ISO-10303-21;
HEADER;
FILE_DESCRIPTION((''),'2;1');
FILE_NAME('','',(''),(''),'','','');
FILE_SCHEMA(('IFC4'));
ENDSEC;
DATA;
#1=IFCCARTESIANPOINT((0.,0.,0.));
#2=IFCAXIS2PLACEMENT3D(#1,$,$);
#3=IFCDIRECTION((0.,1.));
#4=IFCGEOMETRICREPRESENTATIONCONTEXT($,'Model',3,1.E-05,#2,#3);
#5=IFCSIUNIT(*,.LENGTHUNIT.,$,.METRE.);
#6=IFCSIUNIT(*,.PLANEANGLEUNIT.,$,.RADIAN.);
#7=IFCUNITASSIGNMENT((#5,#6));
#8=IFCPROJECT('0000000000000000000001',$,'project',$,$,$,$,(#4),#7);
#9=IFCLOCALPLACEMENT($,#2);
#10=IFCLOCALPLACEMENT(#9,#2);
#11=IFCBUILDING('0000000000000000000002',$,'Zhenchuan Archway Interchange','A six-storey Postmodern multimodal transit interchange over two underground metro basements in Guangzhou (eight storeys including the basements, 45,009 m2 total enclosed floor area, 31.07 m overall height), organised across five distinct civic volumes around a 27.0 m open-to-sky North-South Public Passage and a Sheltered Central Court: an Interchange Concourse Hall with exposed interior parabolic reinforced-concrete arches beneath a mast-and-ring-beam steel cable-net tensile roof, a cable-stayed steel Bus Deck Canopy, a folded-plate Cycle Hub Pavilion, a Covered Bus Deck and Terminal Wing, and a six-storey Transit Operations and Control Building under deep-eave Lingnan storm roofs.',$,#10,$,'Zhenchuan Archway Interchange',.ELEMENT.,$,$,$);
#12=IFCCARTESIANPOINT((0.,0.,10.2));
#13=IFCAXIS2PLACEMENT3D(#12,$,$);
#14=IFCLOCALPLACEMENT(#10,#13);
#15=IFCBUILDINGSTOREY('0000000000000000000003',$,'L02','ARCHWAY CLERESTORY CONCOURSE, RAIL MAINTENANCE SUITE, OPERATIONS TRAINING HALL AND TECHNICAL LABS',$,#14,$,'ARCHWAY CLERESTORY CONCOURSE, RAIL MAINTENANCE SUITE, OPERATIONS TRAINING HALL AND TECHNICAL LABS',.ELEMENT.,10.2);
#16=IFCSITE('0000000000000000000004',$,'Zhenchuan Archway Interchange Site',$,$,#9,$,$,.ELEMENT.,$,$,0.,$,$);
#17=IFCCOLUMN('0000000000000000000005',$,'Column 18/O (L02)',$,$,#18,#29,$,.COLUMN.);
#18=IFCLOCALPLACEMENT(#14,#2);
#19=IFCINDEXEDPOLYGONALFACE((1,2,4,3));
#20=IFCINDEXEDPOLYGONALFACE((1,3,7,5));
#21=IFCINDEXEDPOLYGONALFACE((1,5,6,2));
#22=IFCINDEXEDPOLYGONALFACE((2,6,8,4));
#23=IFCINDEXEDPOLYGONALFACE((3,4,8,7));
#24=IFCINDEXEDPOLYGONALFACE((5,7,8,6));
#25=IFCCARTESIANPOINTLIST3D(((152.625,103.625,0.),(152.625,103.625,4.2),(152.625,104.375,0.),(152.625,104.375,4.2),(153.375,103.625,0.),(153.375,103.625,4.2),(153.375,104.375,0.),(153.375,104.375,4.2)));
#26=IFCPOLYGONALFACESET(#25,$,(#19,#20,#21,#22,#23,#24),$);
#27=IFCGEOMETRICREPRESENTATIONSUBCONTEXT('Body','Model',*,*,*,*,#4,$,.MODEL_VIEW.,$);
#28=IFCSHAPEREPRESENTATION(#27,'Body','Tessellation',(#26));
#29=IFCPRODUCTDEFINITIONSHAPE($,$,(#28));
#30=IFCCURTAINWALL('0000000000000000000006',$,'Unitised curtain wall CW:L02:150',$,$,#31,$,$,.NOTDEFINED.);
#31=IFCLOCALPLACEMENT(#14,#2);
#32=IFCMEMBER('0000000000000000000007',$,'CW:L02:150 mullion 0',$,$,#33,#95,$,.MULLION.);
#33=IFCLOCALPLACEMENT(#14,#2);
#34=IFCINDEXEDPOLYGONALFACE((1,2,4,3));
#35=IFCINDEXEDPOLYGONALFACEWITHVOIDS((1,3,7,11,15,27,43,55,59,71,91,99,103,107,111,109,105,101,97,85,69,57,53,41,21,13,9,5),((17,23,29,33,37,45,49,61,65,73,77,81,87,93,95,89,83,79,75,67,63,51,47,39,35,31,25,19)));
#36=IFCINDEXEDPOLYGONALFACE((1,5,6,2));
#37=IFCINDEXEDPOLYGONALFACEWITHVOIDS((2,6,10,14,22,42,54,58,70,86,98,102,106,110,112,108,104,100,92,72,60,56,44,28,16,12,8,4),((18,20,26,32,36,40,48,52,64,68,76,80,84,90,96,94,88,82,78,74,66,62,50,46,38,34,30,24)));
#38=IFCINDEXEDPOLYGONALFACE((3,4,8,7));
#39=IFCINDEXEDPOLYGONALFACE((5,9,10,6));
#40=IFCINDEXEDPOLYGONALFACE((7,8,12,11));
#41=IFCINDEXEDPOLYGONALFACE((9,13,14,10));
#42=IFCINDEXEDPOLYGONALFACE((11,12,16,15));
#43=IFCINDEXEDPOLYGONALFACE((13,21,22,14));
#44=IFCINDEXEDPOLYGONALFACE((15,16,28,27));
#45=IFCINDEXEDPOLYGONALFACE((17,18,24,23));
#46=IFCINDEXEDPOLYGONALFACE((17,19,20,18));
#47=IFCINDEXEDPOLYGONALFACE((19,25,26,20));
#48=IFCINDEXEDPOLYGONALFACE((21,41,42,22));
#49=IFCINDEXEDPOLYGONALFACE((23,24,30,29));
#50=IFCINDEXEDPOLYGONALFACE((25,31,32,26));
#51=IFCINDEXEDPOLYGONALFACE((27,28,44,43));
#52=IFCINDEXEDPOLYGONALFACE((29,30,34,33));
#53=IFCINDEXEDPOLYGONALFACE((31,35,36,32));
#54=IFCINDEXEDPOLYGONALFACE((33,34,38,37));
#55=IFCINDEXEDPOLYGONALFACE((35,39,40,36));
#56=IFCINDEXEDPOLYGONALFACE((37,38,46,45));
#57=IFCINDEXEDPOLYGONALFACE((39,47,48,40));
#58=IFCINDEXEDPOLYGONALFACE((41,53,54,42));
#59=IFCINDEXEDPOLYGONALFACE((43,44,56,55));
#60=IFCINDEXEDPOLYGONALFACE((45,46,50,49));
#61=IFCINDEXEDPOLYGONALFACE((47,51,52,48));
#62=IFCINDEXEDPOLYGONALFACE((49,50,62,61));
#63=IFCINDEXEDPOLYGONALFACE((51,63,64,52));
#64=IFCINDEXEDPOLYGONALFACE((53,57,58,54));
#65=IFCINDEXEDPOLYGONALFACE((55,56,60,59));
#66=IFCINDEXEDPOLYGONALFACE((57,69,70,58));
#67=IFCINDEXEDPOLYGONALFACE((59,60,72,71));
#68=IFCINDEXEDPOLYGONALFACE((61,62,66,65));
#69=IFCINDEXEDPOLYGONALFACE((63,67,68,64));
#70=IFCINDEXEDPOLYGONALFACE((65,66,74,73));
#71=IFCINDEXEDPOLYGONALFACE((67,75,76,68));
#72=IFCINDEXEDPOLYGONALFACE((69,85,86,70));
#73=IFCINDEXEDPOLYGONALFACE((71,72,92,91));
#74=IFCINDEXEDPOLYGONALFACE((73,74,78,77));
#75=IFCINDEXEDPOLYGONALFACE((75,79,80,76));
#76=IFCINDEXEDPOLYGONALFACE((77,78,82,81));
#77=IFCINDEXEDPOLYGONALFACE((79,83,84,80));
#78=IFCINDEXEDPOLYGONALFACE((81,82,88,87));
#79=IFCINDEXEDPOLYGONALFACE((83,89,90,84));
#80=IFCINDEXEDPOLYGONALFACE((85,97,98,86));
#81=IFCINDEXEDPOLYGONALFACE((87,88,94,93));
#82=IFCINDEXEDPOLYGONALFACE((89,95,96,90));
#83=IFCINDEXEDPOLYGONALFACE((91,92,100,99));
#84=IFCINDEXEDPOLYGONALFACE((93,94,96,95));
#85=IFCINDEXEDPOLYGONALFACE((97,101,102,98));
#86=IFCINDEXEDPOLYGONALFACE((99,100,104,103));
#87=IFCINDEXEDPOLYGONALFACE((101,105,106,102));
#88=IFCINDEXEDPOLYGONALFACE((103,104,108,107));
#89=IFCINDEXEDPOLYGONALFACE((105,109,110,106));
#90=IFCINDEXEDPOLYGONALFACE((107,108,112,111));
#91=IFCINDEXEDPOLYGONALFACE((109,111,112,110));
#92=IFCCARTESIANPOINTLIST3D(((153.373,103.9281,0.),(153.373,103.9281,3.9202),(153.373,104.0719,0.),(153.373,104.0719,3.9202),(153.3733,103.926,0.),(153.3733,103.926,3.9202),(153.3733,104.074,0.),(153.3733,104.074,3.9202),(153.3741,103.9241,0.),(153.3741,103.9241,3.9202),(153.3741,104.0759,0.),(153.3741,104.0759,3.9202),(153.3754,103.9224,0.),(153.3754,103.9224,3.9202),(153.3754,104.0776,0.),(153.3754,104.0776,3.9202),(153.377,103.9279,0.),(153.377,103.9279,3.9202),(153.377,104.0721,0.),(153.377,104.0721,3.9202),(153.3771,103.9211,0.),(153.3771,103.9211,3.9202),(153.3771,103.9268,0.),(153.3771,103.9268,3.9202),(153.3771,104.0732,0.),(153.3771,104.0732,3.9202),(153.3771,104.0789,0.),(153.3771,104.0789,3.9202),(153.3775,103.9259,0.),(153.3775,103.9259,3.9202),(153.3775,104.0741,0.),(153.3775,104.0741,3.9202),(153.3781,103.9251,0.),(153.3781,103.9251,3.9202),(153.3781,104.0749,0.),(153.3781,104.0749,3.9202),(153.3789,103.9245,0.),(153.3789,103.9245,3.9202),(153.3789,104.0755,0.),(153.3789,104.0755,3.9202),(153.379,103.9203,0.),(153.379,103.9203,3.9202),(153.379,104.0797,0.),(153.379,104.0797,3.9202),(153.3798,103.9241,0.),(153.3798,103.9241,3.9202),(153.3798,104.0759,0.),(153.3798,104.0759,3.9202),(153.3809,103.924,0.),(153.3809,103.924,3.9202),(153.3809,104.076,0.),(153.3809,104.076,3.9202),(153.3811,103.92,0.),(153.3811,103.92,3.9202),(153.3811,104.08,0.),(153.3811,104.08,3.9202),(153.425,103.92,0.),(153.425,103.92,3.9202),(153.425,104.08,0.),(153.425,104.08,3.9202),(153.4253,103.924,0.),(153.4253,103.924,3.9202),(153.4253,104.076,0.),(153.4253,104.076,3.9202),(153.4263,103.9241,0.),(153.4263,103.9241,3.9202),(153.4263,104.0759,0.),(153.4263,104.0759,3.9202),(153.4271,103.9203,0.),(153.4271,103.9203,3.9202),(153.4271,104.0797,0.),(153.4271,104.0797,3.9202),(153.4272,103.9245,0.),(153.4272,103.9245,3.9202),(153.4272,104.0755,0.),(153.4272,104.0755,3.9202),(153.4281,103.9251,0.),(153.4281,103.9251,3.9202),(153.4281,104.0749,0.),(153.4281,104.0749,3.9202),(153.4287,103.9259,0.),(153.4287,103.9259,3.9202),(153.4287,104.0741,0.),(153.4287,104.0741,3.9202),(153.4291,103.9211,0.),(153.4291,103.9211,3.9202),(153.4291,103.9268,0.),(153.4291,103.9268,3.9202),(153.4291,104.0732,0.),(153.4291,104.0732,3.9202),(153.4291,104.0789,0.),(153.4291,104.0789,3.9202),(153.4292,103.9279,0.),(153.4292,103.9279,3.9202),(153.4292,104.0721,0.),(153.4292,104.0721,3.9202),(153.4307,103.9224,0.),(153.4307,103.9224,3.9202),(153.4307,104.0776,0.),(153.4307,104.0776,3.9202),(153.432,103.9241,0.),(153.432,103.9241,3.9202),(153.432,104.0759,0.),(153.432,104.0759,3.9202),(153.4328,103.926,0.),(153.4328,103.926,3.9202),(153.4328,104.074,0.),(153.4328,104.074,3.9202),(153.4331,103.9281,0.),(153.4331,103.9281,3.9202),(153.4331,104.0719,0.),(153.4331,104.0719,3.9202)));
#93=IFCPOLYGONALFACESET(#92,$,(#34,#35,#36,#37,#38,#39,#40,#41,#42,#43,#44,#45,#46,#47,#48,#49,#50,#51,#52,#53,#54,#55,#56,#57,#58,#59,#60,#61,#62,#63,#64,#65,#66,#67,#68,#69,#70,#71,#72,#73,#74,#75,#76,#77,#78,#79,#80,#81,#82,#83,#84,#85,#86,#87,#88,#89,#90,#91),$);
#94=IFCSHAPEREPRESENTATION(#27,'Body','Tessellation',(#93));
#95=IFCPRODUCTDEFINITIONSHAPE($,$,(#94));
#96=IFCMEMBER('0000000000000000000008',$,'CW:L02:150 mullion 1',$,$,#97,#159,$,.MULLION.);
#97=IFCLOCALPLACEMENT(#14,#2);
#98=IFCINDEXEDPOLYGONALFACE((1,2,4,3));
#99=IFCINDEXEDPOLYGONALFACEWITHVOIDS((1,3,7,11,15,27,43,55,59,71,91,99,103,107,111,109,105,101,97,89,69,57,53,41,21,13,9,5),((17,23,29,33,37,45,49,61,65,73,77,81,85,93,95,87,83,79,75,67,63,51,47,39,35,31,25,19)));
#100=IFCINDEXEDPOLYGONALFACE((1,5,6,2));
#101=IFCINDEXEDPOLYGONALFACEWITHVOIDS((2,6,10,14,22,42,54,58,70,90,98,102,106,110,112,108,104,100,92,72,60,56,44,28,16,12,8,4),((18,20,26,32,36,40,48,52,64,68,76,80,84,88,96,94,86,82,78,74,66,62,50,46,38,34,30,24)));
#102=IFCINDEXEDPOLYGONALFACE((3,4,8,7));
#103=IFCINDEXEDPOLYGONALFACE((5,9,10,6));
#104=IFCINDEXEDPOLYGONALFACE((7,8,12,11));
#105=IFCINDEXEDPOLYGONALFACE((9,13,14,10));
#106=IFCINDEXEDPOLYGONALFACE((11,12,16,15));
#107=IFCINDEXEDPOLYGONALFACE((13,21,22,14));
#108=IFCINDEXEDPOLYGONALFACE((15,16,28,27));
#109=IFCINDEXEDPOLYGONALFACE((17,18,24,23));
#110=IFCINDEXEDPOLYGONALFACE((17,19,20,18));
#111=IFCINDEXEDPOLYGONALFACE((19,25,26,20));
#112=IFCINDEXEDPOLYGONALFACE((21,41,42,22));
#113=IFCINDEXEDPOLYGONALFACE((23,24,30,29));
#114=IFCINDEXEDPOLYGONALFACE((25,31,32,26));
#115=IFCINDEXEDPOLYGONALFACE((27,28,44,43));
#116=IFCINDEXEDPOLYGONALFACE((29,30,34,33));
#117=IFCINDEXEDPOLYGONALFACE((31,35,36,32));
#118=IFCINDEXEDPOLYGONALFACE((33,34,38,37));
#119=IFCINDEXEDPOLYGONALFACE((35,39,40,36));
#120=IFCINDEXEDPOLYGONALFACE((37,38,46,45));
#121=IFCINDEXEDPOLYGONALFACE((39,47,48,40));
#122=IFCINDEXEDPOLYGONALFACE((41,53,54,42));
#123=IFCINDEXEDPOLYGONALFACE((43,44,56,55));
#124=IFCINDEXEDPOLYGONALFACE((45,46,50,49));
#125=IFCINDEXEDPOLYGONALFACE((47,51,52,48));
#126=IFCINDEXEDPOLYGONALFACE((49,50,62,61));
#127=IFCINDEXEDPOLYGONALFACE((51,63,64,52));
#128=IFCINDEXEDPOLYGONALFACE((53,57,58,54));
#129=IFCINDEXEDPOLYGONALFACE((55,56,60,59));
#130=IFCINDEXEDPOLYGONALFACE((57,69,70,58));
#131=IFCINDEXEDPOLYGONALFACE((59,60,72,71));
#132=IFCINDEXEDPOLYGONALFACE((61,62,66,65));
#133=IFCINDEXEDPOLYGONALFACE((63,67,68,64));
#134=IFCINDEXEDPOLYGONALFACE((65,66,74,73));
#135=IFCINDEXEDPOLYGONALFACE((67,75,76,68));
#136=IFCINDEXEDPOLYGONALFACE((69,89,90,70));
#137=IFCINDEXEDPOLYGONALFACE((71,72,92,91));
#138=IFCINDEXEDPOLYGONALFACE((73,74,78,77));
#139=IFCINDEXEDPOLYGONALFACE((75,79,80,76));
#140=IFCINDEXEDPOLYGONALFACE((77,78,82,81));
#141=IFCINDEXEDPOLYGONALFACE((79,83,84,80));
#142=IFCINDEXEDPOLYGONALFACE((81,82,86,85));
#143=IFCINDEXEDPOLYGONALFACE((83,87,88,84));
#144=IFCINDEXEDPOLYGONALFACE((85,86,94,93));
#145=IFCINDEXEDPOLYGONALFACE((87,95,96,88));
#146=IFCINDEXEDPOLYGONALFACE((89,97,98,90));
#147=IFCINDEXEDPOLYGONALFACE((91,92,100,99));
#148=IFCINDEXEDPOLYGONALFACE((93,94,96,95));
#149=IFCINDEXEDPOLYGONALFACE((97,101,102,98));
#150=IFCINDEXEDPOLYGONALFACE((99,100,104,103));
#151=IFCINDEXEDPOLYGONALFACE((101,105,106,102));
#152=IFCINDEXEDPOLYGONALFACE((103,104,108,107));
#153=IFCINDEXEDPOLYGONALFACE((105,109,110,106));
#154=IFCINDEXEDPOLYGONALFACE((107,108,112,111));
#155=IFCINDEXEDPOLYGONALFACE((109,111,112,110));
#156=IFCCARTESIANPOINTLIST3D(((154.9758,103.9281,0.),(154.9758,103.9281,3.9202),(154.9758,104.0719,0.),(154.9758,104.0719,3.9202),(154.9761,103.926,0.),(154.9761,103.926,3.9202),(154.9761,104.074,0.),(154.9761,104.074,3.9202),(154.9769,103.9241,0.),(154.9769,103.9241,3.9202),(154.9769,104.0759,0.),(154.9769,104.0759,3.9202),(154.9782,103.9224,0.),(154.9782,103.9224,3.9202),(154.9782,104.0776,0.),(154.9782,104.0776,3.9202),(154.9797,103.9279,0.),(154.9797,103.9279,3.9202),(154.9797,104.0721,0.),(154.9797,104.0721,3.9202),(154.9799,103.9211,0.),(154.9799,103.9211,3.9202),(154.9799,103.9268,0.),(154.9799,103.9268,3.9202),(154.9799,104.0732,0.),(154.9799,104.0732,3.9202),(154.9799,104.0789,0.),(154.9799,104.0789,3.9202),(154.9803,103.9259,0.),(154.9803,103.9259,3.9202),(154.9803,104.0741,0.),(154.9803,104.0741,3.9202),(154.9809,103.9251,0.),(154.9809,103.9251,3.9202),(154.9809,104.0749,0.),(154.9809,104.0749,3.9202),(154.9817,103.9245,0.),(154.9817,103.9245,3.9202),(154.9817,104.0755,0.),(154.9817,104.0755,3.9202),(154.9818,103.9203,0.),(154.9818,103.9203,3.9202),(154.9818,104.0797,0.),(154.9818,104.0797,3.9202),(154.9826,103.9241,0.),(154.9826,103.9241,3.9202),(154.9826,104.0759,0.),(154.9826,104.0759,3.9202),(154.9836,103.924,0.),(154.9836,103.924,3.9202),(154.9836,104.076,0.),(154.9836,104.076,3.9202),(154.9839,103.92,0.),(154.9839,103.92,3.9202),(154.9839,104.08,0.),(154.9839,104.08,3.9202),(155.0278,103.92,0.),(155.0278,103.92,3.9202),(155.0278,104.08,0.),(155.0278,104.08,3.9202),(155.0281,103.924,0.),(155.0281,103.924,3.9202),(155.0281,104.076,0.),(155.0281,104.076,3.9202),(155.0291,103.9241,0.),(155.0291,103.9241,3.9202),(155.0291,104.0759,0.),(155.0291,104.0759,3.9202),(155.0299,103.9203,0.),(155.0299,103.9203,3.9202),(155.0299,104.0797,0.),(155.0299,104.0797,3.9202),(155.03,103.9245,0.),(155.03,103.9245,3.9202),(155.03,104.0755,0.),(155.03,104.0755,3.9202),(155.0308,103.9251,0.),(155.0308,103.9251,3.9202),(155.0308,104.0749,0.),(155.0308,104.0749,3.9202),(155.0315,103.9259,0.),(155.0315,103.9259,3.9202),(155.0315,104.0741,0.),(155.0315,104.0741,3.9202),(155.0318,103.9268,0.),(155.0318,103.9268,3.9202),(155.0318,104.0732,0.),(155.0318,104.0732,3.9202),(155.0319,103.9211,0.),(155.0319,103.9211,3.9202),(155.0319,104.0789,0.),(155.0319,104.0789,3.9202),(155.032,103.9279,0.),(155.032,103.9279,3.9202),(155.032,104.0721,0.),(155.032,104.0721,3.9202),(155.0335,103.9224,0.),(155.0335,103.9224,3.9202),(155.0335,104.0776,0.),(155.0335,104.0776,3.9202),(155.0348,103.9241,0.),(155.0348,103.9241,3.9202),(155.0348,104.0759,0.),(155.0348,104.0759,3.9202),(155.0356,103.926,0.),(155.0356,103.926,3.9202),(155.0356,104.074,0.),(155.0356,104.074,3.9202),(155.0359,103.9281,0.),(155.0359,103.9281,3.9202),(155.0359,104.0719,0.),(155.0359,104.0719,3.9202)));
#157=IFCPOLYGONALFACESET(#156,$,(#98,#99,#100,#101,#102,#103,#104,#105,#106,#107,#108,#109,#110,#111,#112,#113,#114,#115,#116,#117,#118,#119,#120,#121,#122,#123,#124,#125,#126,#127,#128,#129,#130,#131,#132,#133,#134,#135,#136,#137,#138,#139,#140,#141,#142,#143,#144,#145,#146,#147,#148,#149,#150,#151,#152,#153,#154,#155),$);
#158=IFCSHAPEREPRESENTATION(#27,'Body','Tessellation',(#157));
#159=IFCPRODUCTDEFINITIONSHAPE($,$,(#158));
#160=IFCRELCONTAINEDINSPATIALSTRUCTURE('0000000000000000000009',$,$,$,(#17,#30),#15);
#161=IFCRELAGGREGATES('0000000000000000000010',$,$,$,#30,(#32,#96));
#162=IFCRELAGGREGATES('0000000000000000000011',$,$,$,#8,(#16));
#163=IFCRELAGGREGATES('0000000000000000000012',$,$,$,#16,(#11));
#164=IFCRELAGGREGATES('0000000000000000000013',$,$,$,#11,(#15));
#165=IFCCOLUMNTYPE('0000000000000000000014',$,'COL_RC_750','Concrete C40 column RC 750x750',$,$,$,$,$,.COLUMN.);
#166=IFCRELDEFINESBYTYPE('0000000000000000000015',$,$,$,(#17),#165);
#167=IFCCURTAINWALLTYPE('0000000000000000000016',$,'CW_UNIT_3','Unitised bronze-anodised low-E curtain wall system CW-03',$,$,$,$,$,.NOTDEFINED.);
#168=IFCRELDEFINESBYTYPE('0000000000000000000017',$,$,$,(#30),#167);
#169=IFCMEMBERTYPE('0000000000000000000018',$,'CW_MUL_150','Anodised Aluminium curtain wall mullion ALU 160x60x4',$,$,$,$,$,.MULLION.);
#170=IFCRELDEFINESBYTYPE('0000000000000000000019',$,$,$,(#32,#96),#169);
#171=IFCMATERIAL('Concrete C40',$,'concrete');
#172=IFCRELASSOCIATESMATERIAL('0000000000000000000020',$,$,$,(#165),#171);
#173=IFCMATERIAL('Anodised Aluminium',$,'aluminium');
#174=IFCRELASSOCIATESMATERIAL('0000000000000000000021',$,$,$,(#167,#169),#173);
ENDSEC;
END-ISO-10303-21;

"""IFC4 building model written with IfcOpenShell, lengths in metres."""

from ifc_helpers import new_model, si_unit, direction, frame, origin, origin_2d, place, context, subcontext, project, spatial, rectangle, hollow_rectangle, extrude, material, material_profile, profile_set, type_object, element, aggregate, save


model = new_model("IFC4")

# Units and contexts
model_context = context("Model", 3, precision=1e-05, world=origin(), true_north=direction((0.0, 1.0)))
body_context = subcontext(model_context, "Body", "Model", "MODEL_VIEW")
ifc_project = project(units=[si_unit("LENGTHUNIT", "METRE"), si_unit("PLANEANGLEUNIT", "RADIAN")], contexts=[model_context])

# Site, building, storey
site_placement = place(None, origin())
site = spatial("IfcSite", under=ifc_project, at=site_placement, Name="Zhenchuan Archway Interchange Site", CompositionType="ELEMENT", RefElevation=0.0)
building_placement = place(site_placement, origin())
building = spatial("IfcBuilding", under=site, at=building_placement, Name="Zhenchuan Archway Interchange", Description="A six-storey Postmodern multimodal transit interchange over two underground metro basements in Guangzhou (eight storeys including the basements, 45,009 m2 total enclosed floor area, 31.07 m overall height), organised across five distinct civic volumes around a 27.0 m open-to-sky North-South Public Passage and a Sheltered Central Court: an Interchange Concourse Hall with exposed interior parabolic reinforced-concrete arches beneath a mast-and-ring-beam steel cable-net tensile roof, a cable-stayed steel Bus Deck Canopy, a folded-plate Cycle Hub Pavilion, a Covered Bus Deck and Terminal Wing, and a six-storey Transit Operations and Control Building under deep-eave Lingnan storm roofs.", LongName="Zhenchuan Archway Interchange", CompositionType="ELEMENT")
storey_placement = place(building_placement, frame((0.0, 0.0, 10.2)))
storey = spatial("IfcBuildingStorey", under=building, at=storey_placement, Name="L02", Description="ARCHWAY CLERESTORY CONCOURSE, RAIL MAINTENANCE SUITE, OPERATIONS TRAINING HALL AND TECHNICAL LABS", LongName="ARCHWAY CLERESTORY CONCOURSE, RAIL MAINTENANCE SUITE, OPERATIONS TRAINING HALL AND TECHNICAL LABS", CompositionType="ELEMENT", Elevation=10.2)

# Column
ifc_material_1 = material(Name="Concrete C40", Category="concrete")
ifc_material_profile_1 = material_profile(ifc_material_1, rectangle(XDim=0.75, YDim=0.75, at=origin_2d()), Name="RC 750x750")
ifc_profile_set_1 = profile_set([ifc_material_profile_1], Name="Concrete C40")
column_type = type_object("IfcColumnType", Name="COL_RC_750", Description="Concrete C40 column RC 750x750", PredefinedType="COLUMN", material=ifc_profile_set_1)
column_placement = place(storey_placement, frame((153.0, 104.0, 0.0), z_axis=(0.0, 0.0, 1.0), x_axis=(1.0, 0.0, 0.0)))
element("IfcColumn", 1, at=column_placement, inside=storey, type_object=column_type, Name="Column 18/O (L02)", PredefinedType="COLUMN", context=body_context, shape_type="SweptSolid", body=[
    extrude(rectangle(XDim=0.75, YDim=0.75, at=origin_2d()), origin(), (0.0, 0.0, 1.0), 4.2),
])

# Curtain wall, members
ifc_material_2 = material(Name="Anodised Aluminium", Category="aluminium")
curtain_wall_type = type_object("IfcCurtainWallType", Name="CW_UNIT_3", Description="Unitised bronze-anodised low-E curtain wall system CW-03", PredefinedType="NOTDEFINED", material=ifc_material_2)
curtain_wall_placement = place(storey_placement, origin())
curtain_wall = element("IfcCurtainWall", 2, at=curtain_wall_placement, inside=storey, type_object=curtain_wall_type, Name="Unitised curtain wall CW:L02:150", PredefinedType="NOTDEFINED")
ifc_material_profile_2 = material_profile(ifc_material_2, hollow_rectangle(XDim=0.0601, YDim=0.1599, WallThickness=0.0039, InnerFilletRadius=0.0039, OuterFilletRadius=0.0081, at=origin_2d()), Name="ALU 160x60x4")
ifc_profile_set_2 = profile_set([ifc_material_profile_2], Name="Anodised Aluminium")
member_type_1 = type_object("IfcMemberType", Name="CW_MUL_150", Description="Anodised Aluminium curtain wall mullion ALU 160x60x4", PredefinedType="MULLION", material=ifc_profile_set_2)
member_1_placement = place(storey_placement, frame((153.4031, 104.0, 0.0), z_axis=(0.0, 0.0, 1.0), x_axis=(1.0, 0.0, 0.0)))
member_1 = element("IfcMember", 3, at=member_1_placement, type_object=member_type_1, Name="CW:L02:150 mullion 0", PredefinedType="MULLION", context=body_context, shape_type="SweptSolid", body=[
    extrude(hollow_rectangle(XDim=0.0601, YDim=0.1599, WallThickness=0.0039, InnerFilletRadius=0.0039, OuterFilletRadius=0.0081, at=origin_2d()), origin(), (0.0, 0.0, 1.0), 3.9202),
])
member_2_placement = place(storey_placement, frame((155.0059, 104.0, 0.0), z_axis=(0.0, 0.0, 1.0), x_axis=(1.0, 0.0, 0.0)))
member_2 = element("IfcMember", 4, at=member_2_placement, type_object=member_type_1, Name="CW:L02:150 mullion 1", PredefinedType="MULLION", context=body_context, shape_type="SweptSolid", body=[
    extrude(hollow_rectangle(XDim=0.0601, YDim=0.1599, WallThickness=0.0039, InnerFilletRadius=0.0039, OuterFilletRadius=0.0081, at=origin_2d()), origin(), (0.0, 0.0, 1.0), 3.9202),
])

aggregate(curtain_wall, [member_1, member_2])

save(model, "model.ifc")
